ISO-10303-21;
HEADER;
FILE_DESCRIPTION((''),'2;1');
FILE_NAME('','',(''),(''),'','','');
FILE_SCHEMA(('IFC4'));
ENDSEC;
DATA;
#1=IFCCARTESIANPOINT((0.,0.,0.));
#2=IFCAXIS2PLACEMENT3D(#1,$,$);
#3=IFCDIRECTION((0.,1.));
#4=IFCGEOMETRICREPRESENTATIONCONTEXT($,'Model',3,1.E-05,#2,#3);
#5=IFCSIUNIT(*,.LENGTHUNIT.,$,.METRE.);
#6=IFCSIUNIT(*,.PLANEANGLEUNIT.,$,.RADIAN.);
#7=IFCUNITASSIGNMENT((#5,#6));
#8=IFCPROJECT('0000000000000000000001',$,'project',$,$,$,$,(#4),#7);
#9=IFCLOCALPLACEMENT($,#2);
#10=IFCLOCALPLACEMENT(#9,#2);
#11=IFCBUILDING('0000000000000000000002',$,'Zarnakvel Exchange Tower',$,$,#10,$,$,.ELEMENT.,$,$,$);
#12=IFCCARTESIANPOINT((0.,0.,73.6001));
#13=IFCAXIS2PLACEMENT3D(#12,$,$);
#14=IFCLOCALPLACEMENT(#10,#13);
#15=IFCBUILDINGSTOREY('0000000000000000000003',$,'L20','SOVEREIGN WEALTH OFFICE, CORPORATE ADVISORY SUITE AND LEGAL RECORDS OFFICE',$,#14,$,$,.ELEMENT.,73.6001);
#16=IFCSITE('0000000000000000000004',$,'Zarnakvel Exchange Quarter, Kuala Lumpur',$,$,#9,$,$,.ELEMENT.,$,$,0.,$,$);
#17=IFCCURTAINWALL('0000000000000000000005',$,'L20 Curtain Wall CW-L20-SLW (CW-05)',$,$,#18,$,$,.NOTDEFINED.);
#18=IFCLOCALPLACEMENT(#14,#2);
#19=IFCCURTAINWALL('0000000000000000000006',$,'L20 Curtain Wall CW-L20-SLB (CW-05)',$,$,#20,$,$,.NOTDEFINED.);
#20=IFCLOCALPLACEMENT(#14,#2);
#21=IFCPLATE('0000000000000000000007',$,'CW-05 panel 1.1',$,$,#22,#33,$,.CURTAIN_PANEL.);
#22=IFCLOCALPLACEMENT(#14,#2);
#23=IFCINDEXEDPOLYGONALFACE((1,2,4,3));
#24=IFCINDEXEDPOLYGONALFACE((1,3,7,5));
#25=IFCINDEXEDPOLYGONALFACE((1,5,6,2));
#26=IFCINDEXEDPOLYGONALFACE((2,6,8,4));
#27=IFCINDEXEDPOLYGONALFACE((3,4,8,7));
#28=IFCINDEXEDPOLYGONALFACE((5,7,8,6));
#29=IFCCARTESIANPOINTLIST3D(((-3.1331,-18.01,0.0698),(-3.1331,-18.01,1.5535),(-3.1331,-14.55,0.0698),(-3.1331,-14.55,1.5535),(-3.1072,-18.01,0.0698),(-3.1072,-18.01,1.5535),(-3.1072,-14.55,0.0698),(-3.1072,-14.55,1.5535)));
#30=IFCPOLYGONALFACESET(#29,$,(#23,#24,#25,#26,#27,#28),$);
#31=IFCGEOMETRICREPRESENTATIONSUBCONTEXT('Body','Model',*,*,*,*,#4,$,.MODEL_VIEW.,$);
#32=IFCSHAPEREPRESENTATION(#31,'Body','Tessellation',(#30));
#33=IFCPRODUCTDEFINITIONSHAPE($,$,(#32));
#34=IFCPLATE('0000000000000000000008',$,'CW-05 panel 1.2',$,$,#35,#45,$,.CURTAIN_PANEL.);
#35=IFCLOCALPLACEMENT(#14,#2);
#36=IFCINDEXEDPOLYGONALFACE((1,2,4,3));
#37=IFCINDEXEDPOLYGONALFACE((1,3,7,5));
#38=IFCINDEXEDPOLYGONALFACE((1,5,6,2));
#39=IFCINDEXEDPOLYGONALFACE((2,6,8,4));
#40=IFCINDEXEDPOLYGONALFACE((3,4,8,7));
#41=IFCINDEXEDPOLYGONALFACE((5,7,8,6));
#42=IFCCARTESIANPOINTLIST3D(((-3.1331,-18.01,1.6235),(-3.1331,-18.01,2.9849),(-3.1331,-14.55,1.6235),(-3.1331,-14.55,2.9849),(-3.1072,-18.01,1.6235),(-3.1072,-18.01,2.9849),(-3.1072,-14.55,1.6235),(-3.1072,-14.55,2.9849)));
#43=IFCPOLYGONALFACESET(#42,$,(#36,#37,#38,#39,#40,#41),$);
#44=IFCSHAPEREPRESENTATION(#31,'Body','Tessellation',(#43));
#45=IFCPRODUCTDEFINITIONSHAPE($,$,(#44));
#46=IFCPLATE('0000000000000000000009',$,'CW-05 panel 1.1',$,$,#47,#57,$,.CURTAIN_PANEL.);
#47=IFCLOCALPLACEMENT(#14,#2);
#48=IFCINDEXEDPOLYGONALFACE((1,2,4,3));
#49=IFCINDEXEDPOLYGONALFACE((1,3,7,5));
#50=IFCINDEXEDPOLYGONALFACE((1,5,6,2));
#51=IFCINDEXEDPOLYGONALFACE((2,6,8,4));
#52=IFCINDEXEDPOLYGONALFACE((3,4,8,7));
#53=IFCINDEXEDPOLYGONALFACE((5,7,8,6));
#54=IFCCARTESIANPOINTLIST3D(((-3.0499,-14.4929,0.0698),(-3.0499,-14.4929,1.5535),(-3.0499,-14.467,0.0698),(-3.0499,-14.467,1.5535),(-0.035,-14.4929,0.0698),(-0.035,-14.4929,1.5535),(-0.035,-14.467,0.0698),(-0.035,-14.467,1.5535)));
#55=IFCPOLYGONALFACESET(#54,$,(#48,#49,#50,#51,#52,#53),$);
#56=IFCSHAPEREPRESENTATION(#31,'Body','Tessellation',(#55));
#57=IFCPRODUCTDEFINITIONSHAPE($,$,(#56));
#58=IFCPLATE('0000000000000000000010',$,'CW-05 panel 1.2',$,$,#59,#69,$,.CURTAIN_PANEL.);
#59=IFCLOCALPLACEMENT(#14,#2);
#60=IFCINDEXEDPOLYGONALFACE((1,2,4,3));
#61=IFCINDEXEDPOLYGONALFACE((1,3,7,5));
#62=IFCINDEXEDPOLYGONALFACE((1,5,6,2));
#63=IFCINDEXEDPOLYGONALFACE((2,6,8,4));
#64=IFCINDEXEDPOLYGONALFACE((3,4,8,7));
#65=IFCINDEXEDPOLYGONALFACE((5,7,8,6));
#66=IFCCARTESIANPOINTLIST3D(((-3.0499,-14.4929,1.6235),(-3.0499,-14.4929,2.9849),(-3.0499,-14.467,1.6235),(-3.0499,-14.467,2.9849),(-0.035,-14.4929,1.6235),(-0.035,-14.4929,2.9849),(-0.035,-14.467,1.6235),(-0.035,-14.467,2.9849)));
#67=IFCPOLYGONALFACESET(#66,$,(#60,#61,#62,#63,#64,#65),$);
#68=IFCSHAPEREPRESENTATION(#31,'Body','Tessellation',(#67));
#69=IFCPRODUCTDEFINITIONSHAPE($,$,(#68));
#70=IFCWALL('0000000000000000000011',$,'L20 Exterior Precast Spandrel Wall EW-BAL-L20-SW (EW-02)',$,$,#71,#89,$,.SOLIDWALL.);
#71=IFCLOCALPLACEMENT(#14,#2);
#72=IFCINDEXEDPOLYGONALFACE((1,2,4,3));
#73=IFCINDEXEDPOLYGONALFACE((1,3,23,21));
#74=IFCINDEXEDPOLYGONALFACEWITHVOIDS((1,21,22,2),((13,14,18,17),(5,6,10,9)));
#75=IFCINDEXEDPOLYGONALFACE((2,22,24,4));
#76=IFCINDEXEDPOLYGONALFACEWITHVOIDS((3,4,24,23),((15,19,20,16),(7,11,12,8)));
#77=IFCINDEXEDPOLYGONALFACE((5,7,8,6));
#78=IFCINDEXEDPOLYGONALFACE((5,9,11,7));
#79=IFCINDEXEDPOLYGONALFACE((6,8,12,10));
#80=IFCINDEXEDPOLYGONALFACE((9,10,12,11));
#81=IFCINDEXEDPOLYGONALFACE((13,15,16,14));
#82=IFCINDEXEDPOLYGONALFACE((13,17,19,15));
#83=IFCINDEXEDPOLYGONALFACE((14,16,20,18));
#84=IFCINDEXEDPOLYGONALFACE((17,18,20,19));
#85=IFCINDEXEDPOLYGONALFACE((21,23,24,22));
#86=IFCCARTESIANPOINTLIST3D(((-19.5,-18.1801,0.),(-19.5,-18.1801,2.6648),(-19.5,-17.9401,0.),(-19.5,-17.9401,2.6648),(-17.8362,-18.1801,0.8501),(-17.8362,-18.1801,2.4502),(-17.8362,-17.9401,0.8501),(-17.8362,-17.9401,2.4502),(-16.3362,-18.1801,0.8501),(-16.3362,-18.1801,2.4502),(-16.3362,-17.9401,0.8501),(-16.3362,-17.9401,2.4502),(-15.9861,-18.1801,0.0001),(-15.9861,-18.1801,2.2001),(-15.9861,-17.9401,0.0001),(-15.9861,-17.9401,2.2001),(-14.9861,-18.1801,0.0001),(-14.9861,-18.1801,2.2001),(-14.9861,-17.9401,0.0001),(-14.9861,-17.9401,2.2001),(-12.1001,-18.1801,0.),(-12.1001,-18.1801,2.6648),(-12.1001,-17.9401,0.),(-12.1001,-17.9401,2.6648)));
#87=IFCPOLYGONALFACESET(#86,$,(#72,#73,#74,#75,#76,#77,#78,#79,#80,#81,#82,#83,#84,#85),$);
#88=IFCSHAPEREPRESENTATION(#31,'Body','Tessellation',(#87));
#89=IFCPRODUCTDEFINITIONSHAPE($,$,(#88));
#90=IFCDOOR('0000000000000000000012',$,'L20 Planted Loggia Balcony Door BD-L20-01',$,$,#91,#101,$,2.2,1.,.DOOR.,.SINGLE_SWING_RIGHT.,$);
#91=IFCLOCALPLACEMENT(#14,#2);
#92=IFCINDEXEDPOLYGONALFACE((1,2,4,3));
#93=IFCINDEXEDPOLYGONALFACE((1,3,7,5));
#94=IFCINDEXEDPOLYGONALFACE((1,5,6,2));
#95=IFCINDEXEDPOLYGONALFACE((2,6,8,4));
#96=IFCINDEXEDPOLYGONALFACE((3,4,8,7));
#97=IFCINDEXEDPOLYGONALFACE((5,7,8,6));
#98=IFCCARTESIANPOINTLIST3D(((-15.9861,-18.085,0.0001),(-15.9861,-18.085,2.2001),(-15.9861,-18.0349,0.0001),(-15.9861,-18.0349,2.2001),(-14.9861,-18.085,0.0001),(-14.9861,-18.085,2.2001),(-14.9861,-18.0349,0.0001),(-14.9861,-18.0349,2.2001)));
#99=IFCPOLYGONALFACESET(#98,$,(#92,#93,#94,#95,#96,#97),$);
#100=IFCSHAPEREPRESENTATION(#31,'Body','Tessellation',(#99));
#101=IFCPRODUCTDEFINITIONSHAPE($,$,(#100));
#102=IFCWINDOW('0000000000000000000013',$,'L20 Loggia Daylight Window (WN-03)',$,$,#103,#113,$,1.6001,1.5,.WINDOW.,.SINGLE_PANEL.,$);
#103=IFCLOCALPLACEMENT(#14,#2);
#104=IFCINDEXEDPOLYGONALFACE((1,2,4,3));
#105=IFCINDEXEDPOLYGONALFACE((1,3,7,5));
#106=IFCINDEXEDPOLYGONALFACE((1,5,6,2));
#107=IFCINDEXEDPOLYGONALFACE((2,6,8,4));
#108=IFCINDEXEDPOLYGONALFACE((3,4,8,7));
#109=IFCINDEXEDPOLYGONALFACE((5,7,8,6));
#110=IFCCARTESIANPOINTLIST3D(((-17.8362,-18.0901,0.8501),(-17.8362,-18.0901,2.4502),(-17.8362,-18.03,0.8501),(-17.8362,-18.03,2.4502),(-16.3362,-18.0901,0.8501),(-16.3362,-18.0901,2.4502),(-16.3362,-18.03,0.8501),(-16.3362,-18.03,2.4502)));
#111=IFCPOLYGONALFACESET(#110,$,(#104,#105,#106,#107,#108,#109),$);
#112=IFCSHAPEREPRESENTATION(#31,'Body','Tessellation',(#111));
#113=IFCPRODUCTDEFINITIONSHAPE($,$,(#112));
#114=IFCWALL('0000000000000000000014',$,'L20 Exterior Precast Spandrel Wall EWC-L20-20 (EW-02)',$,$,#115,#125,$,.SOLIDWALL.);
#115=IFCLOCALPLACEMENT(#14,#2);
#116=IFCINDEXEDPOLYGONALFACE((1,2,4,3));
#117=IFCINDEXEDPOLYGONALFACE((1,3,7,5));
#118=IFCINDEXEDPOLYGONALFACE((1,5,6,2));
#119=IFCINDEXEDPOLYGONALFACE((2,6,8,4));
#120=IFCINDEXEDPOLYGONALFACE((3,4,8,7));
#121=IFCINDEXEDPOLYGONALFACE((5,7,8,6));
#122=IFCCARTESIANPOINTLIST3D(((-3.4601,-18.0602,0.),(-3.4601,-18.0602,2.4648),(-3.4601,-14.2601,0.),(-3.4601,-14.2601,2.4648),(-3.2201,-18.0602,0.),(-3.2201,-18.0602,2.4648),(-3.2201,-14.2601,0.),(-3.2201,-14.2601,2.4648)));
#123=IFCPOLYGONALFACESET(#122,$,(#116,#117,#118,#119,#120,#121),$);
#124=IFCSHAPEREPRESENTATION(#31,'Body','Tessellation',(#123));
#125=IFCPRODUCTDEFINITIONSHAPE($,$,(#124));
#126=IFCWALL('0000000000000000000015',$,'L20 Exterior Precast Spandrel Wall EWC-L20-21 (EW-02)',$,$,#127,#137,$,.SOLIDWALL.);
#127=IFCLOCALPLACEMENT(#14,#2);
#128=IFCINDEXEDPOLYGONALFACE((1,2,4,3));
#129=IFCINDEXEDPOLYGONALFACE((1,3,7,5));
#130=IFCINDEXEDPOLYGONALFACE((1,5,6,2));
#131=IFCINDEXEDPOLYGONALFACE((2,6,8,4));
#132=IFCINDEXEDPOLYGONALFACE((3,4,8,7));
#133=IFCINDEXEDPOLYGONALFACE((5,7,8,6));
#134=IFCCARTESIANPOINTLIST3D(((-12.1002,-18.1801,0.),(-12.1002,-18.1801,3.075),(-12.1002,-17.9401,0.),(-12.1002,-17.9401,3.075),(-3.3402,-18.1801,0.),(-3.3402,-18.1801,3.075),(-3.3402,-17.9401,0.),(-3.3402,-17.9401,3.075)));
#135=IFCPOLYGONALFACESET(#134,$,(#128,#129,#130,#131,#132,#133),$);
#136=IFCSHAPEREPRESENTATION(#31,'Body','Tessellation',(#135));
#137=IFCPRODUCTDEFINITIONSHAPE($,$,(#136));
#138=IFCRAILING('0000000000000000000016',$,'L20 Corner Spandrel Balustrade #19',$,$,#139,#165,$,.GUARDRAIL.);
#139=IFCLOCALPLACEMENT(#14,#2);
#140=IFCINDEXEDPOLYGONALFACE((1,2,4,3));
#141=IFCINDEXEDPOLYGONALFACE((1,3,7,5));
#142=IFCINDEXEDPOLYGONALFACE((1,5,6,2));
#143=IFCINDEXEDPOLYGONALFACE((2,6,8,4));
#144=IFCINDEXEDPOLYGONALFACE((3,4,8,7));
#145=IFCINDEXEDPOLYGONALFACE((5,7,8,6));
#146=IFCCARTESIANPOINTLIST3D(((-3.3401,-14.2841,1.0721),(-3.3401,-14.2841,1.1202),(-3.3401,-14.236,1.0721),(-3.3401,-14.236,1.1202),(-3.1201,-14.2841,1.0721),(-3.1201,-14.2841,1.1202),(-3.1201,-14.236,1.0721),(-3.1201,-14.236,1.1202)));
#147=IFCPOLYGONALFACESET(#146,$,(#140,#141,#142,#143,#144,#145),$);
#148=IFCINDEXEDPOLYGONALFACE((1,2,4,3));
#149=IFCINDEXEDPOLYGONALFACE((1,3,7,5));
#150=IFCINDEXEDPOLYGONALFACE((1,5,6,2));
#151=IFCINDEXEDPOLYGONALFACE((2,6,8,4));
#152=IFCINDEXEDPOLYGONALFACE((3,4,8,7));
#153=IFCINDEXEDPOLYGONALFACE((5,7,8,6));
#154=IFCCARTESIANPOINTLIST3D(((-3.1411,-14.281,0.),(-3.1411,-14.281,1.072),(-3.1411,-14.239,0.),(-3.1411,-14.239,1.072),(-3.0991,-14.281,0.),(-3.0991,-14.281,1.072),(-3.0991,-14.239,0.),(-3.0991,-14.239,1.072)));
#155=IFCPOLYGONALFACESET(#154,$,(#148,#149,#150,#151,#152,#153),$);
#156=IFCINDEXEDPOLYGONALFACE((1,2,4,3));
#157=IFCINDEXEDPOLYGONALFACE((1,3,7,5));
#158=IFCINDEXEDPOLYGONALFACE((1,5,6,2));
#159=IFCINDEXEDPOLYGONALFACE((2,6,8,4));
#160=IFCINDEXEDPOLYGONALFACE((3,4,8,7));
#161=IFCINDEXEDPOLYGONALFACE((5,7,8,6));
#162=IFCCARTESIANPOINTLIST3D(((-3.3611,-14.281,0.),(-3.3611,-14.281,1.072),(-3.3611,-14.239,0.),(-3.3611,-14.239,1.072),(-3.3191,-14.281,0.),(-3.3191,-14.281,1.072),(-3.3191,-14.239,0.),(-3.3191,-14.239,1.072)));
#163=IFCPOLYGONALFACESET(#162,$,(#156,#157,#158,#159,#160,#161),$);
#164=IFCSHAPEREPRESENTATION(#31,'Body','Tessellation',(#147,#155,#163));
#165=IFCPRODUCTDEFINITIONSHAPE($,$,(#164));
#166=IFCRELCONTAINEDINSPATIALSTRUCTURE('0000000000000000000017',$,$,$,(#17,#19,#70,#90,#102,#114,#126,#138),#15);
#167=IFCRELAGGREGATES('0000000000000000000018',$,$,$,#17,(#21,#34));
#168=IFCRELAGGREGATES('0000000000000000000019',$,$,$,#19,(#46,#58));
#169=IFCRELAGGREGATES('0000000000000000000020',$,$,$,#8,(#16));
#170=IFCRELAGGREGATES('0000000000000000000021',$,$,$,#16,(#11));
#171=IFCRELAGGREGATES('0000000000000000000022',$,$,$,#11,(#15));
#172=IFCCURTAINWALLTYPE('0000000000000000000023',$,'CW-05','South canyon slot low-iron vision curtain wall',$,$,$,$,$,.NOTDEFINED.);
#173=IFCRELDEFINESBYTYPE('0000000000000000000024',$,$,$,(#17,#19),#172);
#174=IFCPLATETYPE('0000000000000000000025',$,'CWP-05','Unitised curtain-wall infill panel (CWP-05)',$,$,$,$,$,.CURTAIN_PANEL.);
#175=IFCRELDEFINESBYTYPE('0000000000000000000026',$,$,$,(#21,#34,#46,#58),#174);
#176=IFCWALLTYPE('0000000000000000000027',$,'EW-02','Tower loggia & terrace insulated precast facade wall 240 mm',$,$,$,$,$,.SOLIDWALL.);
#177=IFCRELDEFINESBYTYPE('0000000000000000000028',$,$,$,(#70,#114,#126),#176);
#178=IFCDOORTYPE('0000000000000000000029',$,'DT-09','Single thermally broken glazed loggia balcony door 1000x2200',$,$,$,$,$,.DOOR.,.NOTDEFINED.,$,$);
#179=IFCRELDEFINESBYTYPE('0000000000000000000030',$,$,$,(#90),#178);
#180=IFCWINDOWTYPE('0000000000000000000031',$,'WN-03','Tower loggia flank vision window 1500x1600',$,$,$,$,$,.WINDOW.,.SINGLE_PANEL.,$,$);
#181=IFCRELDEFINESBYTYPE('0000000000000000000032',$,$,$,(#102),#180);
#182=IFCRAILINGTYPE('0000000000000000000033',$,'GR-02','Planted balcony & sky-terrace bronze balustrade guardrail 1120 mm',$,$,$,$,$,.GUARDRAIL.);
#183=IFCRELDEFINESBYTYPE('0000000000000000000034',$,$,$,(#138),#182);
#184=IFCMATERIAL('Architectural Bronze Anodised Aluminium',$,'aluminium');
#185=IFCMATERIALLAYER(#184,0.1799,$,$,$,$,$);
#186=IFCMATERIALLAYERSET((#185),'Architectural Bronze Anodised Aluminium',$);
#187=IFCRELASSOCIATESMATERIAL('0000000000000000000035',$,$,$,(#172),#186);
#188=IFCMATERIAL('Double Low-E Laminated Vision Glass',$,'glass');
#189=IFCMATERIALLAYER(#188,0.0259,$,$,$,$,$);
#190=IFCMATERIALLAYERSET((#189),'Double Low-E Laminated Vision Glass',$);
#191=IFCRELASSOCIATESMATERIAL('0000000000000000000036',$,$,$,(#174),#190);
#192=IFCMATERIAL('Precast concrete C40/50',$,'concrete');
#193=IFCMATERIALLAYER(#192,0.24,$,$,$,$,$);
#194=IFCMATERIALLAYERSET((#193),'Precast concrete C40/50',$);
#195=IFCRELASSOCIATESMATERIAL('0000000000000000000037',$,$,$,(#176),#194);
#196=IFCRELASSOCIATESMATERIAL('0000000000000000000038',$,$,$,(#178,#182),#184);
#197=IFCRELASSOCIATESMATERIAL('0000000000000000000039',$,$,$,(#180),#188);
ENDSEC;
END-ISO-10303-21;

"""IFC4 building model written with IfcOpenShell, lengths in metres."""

from ifc_helpers import new_model, si_unit, direction, frame, frame_2d, origin, origin_2d, place, context, subcontext, project, spatial, rectangle, extrude, source, transform, mapped, material, layer, layer_set, type_object, element, fill, aggregate, save


model = new_model("IFC4")

# Units and contexts
model_context = context("Model", 3, precision=1e-05, world=origin(), true_north=direction((0.0, 1.0)))
body_context = subcontext(model_context, "Body", "Model", "MODEL_VIEW")
ifc_project = project(units=[si_unit("LENGTHUNIT", "METRE"), si_unit("PLANEANGLEUNIT", "RADIAN")], contexts=[model_context])

# Site, building, storey
site_placement = place(None, origin())
site = spatial("IfcSite", under=ifc_project, at=site_placement, Name="Zarnakvel Exchange Quarter, Kuala Lumpur", CompositionType="ELEMENT", RefElevation=0.0)
building_placement = place(site_placement, origin())
building = spatial("IfcBuilding", under=site, at=building_placement, Name="Zarnakvel Exchange Tower", CompositionType="ELEMENT")
storey_placement = place(building_placement, frame((0.0, 0.0, 73.6001)))
storey = spatial("IfcBuildingStorey", under=building, at=storey_placement, Name="L20", Description="SOVEREIGN WEALTH OFFICE, CORPORATE ADVISORY SUITE AND LEGAL RECORDS OFFICE", CompositionType="ELEMENT", Elevation=73.6001)

# Curtain walls
ifc_material_1 = material(Name="Architectural Bronze Anodised Aluminium", Category="aluminium")
ifc_layer_1 = layer(ifc_material_1, 0.1799)
ifc_layer_set_1 = layer_set([ifc_layer_1], Name="Architectural Bronze Anodised Aluminium")
curtain_wall_type = type_object("IfcCurtainWallType", Name="CW-05", Description="South canyon slot low-iron vision curtain wall", PredefinedType="NOTDEFINED", material=ifc_layer_set_1)
curtain_wall_1_placement = place(storey_placement, origin())
curtain_wall_1 = element("IfcCurtainWall", 1, at=curtain_wall_1_placement, inside=storey, type_object=curtain_wall_type, Name="L20 Curtain Wall CW-L20-SLW (CW-05)", PredefinedType="NOTDEFINED")
curtain_wall_2_placement = place(storey_placement, origin())
curtain_wall_2 = element("IfcCurtainWall", 2, at=curtain_wall_2_placement, inside=storey, type_object=curtain_wall_type, Name="L20 Curtain Wall CW-L20-SLB (CW-05)", PredefinedType="NOTDEFINED")

# Plates
ifc_material_2 = material(Name="Double Low-E Laminated Vision Glass", Category="glass")
ifc_layer_2 = layer(ifc_material_2, 0.0259)
ifc_layer_set_2 = layer_set([ifc_layer_2], Name="Double Low-E Laminated Vision Glass")
plate_type = type_object("IfcPlateType", Name="CWP-05", Description="Unitised curtain-wall infill panel (CWP-05)", PredefinedType="CURTAIN_PANEL", material=ifc_layer_set_2)
shared_shape_1 = source(origin(), body_context, "Body", "SweptSolid", [
    extrude(rectangle(XDim=3.46, YDim=0.0259, at=origin_2d()), origin(), (0.0, 0.0, 1.0), 1.4836),
])
plate_1_placement = place(storey_placement, frame((-3.1201, -16.28, 0.0698), z_axis=(0.0, 0.0, 1.0), x_axis=(0.0, 1.0, 0.0)))
plate_1 = element("IfcPlate", 3, at=plate_1_placement, type_object=plate_type, Name="CW-05 panel 1.1", PredefinedType="CURTAIN_PANEL", context=body_context, shape_type="MappedRepresentation", body=[
    mapped(shared_shape_1, transform((0.0, 0.0, 0.0), x_axis=(1.0, 0.0, 0.0), y_axis=(0.0, 1.0, 0.0), z_axis=(0.0, 0.0, 1.0), scale=1.0)),
])
shared_shape_2 = source(origin(), body_context, "Body", "SweptSolid", [
    extrude(rectangle(XDim=3.46, YDim=0.0259, at=origin_2d()), origin(), (0.0, 0.0, 1.0), 1.3613),
])
plate_2_placement = place(storey_placement, frame((-3.1201, -16.28, 1.6235), z_axis=(0.0, 0.0, 1.0), x_axis=(0.0, 1.0, 0.0)))
plate_2 = element("IfcPlate", 4, at=plate_2_placement, type_object=plate_type, Name="CW-05 panel 1.2", PredefinedType="CURTAIN_PANEL", context=body_context, shape_type="MappedRepresentation", body=[
    mapped(shared_shape_2, transform((0.0, 0.0, 0.0), x_axis=(1.0, 0.0, 0.0), y_axis=(0.0, 1.0, 0.0), z_axis=(0.0, 0.0, 1.0), scale=1.0)),
])
aggregate(curtain_wall_1, [plate_1, plate_2])
shared_shape_3 = source(origin(), body_context, "Body", "SweptSolid", [
    extrude(rectangle(XDim=3.0149, YDim=0.0259, at=origin_2d()), origin(), (0.0, 0.0, 1.0), 1.4836),
])
plate_3_placement = place(storey_placement, frame((-1.5425, -14.48, 0.0698), z_axis=(0.0, 0.0, 1.0), x_axis=(1.0, 0.0, 0.0)))
plate_3 = element("IfcPlate", 5, at=plate_3_placement, type_object=plate_type, Name="CW-05 panel 1.1", PredefinedType="CURTAIN_PANEL", context=body_context, shape_type="MappedRepresentation", body=[
    mapped(shared_shape_3, transform((0.0, 0.0, 0.0), x_axis=(1.0, 0.0, 0.0), y_axis=(0.0, 1.0, 0.0), z_axis=(0.0, 0.0, 1.0), scale=1.0)),
])
shared_shape_4 = source(origin(), body_context, "Body", "SweptSolid", [
    extrude(rectangle(XDim=3.0149, YDim=0.0259, at=origin_2d()), origin(), (0.0, 0.0, 1.0), 1.3613),
])
plate_4_placement = place(storey_placement, frame((-1.5425, -14.48, 1.6235), z_axis=(0.0, 0.0, 1.0), x_axis=(1.0, 0.0, 0.0)))
plate_4 = element("IfcPlate", 6, at=plate_4_placement, type_object=plate_type, Name="CW-05 panel 1.2", PredefinedType="CURTAIN_PANEL", context=body_context, shape_type="MappedRepresentation", body=[
    mapped(shared_shape_4, transform((0.0, 0.0, 0.0), x_axis=(1.0, 0.0, 0.0), y_axis=(0.0, 1.0, 0.0), z_axis=(0.0, 0.0, 1.0), scale=1.0)),
])
aggregate(curtain_wall_2, [plate_3, plate_4])

# Wall, openings, door, window
ifc_material_3 = material(Name="Precast concrete C40/50", Category="concrete")
ifc_layer_3 = layer(ifc_material_3, 0.24)
ifc_layer_set_3 = layer_set([ifc_layer_3], Name="Precast concrete C40/50")
wall_type = type_object("IfcWallType", Name="EW-02", Description="Tower loggia & terrace insulated precast facade wall 240 mm", PredefinedType="SOLIDWALL", material=ifc_layer_set_3)
wall_1_placement = place(storey_placement, frame((-12.1001, -18.0601, 0.0), z_axis=(0.0, 0.0, 1.0), x_axis=(-1.0, 0.0, 0.0)))
wall_1 = element("IfcWall", 7, at=wall_1_placement, inside=storey, type_object=wall_type, Name="L20 Exterior Precast Spandrel Wall EW-BAL-L20-SW (EW-02)", PredefinedType="SOLIDWALL", context=body_context, shape_type="SweptSolid", body=[
    extrude(rectangle(XDim=7.3999, YDim=0.24, at=frame_2d((3.7, 0.0))), origin(), (0.0, 0.0, 1.0), 2.6648),
])
opening_1_placement = place(wall_1_placement, frame((2.886, 0.0, 0.0)))
opening_1 = element("IfcOpeningElement", 8, at=opening_1_placement, cuts=wall_1, PredefinedType="OPENING", context=body_context, shape_type="SweptSolid", body=[
    extrude(rectangle(XDim=1.0, YDim=2.2, at=frame_2d((0.5, 1.1001))), frame((0.0, 0.1299, 0.0), z_axis=(0.0, -1.0, 0.0), x_axis=(1.0, 0.0, 0.0)), (0.0, 0.0, 1.0), 0.26),
])
opening_2_placement = place(wall_1_placement, frame((4.2361, 0.0, 0.8501)))
opening_2 = element("IfcOpeningElement", 9, at=opening_2_placement, cuts=wall_1, PredefinedType="OPENING", context=body_context, shape_type="SweptSolid", body=[
    extrude(rectangle(XDim=1.5, YDim=1.6001, at=frame_2d((0.75, 0.8))), frame((0.0, 0.1299, 0.0), z_axis=(0.0, -1.0, 0.0), x_axis=(1.0, 0.0, 0.0)), (0.0, 0.0, 1.0), 0.26),
])
door_type = type_object("IfcDoorType", Name="DT-09", Description="Single thermally broken glazed loggia balcony door 1000x2200", OperationType="NOTDEFINED", PredefinedType="DOOR", material=ifc_material_1)
shared_shape_5 = source(origin(), body_context, "Body", "SweptSolid", [
    extrude(rectangle(XDim=1.0, YDim=2.2, at=frame_2d((0.5, 1.1001))), frame((0.0, 0.0249, 0.0), z_axis=(0.0, -1.0, 0.0), x_axis=(1.0, 0.0, 0.0)), (0.0, 0.0, 1.0), 0.05),
])
door_placement = place(opening_1_placement, origin())
door = element("IfcDoor", 10, at=door_placement, inside=storey, type_object=door_type, Name="L20 Planted Loggia Balcony Door BD-L20-01", OperationType="SINGLE_SWING_RIGHT", OverallHeight=2.2, OverallWidth=1.0, PredefinedType="DOOR", context=body_context, shape_type="MappedRepresentation", body=[
    mapped(shared_shape_5, transform((0.0, 0.0, 0.0), x_axis=(1.0, 0.0, 0.0), y_axis=(0.0, 1.0, 0.0), z_axis=(0.0, 0.0, 1.0), scale=1.0)),
])
fill(opening_1, door)
window_type = type_object("IfcWindowType", Name="WN-03", Description="Tower loggia flank vision window 1500x1600", PartitioningType="SINGLE_PANEL", PredefinedType="WINDOW", material=ifc_material_2)
shared_shape_6 = source(origin(), body_context, "Body", "SweptSolid", [
    extrude(rectangle(XDim=1.5, YDim=1.6001, at=frame_2d((0.75, 0.8))), frame((0.0, 0.03, 0.0), z_axis=(0.0, -1.0, 0.0), x_axis=(1.0, 0.0, 0.0)), (0.0, 0.0, 1.0), 0.0601),
])
window_placement = place(opening_2_placement, origin())
window = element("IfcWindow", 11, at=window_placement, inside=storey, type_object=window_type, Name="L20 Loggia Daylight Window (WN-03)", OverallHeight=1.6001, OverallWidth=1.5, PartitioningType="SINGLE_PANEL", PredefinedType="WINDOW", context=body_context, shape_type="MappedRepresentation", body=[
    mapped(shared_shape_6, transform((0.0, 0.0, 0.0), x_axis=(1.0, 0.0, 0.0), y_axis=(0.0, 1.0, 0.0), z_axis=(0.0, 0.0, 1.0), scale=1.0)),
])
fill(opening_2, window)

# Walls
wall_2_placement = place(storey_placement, frame((-3.3401, -18.0601, 0.0), z_axis=(0.0, 0.0, 1.0), x_axis=(0.0, 1.0, 0.0)))
element("IfcWall", 12, at=wall_2_placement, inside=storey, type_object=wall_type, Name="L20 Exterior Precast Spandrel Wall EWC-L20-20 (EW-02)", PredefinedType="SOLIDWALL", context=body_context, shape_type="SweptSolid", body=[
    extrude(rectangle(XDim=3.8, YDim=0.24, at=frame_2d((1.8999, 0.0))), origin(), (0.0, 0.0, 1.0), 2.4648),
])
wall_3_placement = place(storey_placement, frame((-12.1001, -18.0601, 0.0), z_axis=(0.0, 0.0, 1.0), x_axis=(1.0, 0.0, 0.0)))
element("IfcWall", 13, at=wall_3_placement, inside=storey, type_object=wall_type, Name="L20 Exterior Precast Spandrel Wall EWC-L20-21 (EW-02)", PredefinedType="SOLIDWALL", context=body_context, shape_type="SweptSolid", body=[
    extrude(rectangle(XDim=8.76, YDim=0.24, at=frame_2d((4.3799, 0.0))), origin(), (0.0, 0.0, 1.0), 3.075),
])

# Railing
railing_type_1 = type_object("IfcRailingType", Name="GR-02", Description="Planted balcony & sky-terrace bronze balustrade guardrail 1120 mm", PredefinedType="GUARDRAIL", material=ifc_material_1)
railing_1_placement = place(storey_placement, frame((-3.1201, -14.26, 0.0)))
element("IfcRailing", 14, at=railing_1_placement, inside=storey, type_object=railing_type_1, Name="L20 Corner Spandrel Balustrade #19", PredefinedType="GUARDRAIL", context=body_context, shape_type="SweptSolid", body=[
    extrude(rectangle(XDim=0.0481, YDim=0.0481, at=origin_2d()), frame((0.0, 0.0, 1.0962), z_axis=(-1.0, 0.0, 0.0), x_axis=(0.0, -1.0, 0.0)), (0.0, 0.0, 1.0), 0.22),
    extrude(rectangle(XDim=0.042, YDim=0.042, at=origin_2d()), origin(), (0.0, 0.0, 1.0), 1.072),
    extrude(rectangle(XDim=0.042, YDim=0.042, at=origin_2d()), frame((-0.22, 0.0, 0.0)), (0.0, 0.0, 1.0), 1.072),
])

save(model, "model.ifc")
